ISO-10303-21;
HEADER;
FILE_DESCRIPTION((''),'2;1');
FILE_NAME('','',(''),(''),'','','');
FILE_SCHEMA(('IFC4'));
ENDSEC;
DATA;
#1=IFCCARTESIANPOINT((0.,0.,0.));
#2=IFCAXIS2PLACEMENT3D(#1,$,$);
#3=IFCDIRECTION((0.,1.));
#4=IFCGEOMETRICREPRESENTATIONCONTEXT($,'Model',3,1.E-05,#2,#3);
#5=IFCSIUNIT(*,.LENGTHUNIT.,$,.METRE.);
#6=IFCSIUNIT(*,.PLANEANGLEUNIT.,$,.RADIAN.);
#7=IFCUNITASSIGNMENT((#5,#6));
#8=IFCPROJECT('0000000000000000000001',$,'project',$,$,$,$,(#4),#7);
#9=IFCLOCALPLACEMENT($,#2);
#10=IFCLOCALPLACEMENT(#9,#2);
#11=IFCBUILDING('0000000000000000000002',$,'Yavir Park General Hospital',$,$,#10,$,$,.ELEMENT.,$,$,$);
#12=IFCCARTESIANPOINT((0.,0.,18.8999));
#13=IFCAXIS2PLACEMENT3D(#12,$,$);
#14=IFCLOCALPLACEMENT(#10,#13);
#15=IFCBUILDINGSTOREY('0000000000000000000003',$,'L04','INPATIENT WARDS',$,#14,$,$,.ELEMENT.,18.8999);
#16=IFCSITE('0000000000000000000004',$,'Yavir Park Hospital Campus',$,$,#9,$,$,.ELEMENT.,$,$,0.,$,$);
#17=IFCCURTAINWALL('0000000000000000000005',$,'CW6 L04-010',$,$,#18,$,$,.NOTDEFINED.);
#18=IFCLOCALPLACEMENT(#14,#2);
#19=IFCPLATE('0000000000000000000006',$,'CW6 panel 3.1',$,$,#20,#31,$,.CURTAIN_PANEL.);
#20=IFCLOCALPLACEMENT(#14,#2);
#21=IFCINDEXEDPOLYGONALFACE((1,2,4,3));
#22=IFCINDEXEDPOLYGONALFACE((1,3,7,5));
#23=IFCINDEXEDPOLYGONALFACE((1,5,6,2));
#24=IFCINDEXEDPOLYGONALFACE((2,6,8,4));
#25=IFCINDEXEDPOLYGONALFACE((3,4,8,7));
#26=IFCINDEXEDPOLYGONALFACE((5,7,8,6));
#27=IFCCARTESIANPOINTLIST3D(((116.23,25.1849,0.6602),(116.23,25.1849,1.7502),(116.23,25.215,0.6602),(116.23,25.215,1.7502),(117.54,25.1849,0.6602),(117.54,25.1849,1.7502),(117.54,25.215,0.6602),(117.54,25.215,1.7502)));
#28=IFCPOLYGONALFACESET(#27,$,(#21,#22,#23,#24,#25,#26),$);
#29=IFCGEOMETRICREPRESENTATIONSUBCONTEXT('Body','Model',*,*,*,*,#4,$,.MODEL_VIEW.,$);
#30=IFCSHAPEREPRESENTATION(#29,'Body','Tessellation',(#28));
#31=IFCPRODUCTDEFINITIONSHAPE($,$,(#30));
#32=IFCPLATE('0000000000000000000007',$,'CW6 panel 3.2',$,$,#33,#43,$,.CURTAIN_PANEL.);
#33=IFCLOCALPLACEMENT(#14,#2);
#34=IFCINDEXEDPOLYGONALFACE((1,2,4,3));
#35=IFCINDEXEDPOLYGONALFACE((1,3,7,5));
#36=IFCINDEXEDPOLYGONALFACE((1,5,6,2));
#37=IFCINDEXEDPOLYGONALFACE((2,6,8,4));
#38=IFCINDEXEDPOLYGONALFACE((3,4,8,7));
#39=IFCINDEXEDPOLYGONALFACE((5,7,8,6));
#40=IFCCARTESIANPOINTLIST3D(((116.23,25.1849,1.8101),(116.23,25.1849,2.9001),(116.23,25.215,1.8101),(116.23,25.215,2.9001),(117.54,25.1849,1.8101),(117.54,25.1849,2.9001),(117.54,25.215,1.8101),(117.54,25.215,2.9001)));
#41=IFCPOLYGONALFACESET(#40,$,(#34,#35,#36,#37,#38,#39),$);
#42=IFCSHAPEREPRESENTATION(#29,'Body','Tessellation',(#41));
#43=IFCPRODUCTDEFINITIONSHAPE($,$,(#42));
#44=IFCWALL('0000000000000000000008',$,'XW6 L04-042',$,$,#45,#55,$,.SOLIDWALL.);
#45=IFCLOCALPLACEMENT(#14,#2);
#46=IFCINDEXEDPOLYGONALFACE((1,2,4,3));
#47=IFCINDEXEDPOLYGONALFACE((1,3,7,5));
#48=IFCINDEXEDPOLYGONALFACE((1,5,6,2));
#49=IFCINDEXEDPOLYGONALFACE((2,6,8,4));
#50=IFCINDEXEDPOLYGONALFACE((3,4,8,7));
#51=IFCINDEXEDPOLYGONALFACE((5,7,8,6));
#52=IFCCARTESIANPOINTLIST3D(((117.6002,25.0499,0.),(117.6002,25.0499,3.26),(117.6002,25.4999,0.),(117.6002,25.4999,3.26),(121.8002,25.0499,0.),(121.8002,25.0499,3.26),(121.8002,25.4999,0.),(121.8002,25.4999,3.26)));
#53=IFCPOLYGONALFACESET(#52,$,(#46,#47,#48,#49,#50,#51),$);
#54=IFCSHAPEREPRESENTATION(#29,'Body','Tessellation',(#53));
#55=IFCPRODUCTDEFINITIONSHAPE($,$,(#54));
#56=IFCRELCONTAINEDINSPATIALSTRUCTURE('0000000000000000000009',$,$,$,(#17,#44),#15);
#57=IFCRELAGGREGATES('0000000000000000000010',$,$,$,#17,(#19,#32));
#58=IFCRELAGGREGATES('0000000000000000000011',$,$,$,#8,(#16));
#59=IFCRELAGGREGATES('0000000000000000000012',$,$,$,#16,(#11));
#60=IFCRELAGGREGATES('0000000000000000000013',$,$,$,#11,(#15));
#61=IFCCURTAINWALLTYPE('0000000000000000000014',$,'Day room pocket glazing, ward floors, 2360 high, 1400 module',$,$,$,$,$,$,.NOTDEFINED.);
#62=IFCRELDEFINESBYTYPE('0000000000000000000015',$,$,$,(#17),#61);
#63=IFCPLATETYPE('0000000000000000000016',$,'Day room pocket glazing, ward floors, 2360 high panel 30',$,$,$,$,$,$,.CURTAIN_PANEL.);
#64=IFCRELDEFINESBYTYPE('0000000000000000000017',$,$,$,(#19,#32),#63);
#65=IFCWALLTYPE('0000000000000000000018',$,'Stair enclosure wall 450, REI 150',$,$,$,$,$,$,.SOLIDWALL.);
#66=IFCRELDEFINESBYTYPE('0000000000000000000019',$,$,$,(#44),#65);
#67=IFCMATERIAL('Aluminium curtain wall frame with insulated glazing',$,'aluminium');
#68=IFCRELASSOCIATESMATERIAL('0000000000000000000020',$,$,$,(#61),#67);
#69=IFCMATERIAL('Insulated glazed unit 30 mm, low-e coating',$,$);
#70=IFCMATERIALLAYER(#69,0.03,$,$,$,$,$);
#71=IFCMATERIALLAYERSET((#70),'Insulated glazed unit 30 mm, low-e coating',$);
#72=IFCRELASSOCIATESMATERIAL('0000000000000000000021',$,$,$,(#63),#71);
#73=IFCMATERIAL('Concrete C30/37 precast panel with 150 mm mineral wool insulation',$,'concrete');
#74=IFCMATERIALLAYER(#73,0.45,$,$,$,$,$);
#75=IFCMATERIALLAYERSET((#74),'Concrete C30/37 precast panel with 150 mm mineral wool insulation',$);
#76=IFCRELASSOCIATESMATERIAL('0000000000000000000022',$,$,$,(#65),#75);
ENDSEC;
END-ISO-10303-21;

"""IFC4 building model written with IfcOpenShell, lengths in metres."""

from ifc_helpers import new_model, si_unit, direction, frame, frame_2d, origin, origin_2d, place, context, subcontext, project, spatial, rectangle, extrude, material, layer, layer_set, type_object, element, aggregate, save


model = new_model("IFC4")

# Units and contexts
model_context = context("Model", 3, precision=1e-05, world=origin(), true_north=direction((0.0, 1.0)))
body_context = subcontext(model_context, "Body", "Model", "MODEL_VIEW")
ifc_project = project(units=[si_unit("LENGTHUNIT", "METRE"), si_unit("PLANEANGLEUNIT", "RADIAN")], contexts=[model_context])

# Site, building, storey
site_placement = place(None, origin())
site = spatial("IfcSite", under=ifc_project, at=site_placement, Name="Yavir Park Hospital Campus", CompositionType="ELEMENT", RefElevation=0.0)
building_placement = place(site_placement, origin())
building = spatial("IfcBuilding", under=site, at=building_placement, Name="Yavir Park General Hospital", CompositionType="ELEMENT")
storey_placement = place(building_placement, frame((0.0, 0.0, 18.8999)))
storey = spatial("IfcBuildingStorey", under=building, at=storey_placement, Name="L04", Description="INPATIENT WARDS", CompositionType="ELEMENT", Elevation=18.8999)

# Curtain wall, plates
ifc_material_1 = material(Name="Aluminium curtain wall frame with insulated glazing", Category="aluminium")
curtain_wall_type = type_object("IfcCurtainWallType", Name="Day room pocket glazing, ward floors, 2360 high, 1400 module", PredefinedType="NOTDEFINED", material=ifc_material_1)
curtain_wall_placement = place(storey_placement, origin())
curtain_wall = element("IfcCurtainWall", 1, at=curtain_wall_placement, inside=storey, type_object=curtain_wall_type, Name="CW6 L04-010", PredefinedType="NOTDEFINED")
ifc_material_2 = material(Name="Insulated glazed unit 30 mm, low-e coating")
ifc_layer_1 = layer(ifc_material_2, 0.03)
ifc_layer_set_1 = layer_set([ifc_layer_1], Name="Insulated glazed unit 30 mm, low-e coating")
plate_type = type_object("IfcPlateType", Name="Day room pocket glazing, ward floors, 2360 high panel 30", PredefinedType="CURTAIN_PANEL", material=ifc_layer_set_1)
plate_1_placement = place(storey_placement, frame((116.885, 25.2, 0.6602), z_axis=(0.0, 0.0, 1.0), x_axis=(1.0, 0.0, 0.0)))
plate_1 = element("IfcPlate", 2, at=plate_1_placement, type_object=plate_type, Name="CW6 panel 3.1", PredefinedType="CURTAIN_PANEL", context=body_context, shape_type="SweptSolid", body=[
    extrude(rectangle(XDim=1.3101, YDim=0.03, at=origin_2d()), origin(), (0.0, 0.0, 1.0), 1.0901),
])
plate_2_placement = place(storey_placement, frame((116.885, 25.2, 1.8101), z_axis=(0.0, 0.0, 1.0), x_axis=(1.0, 0.0, 0.0)))
plate_2 = element("IfcPlate", 3, at=plate_2_placement, type_object=plate_type, Name="CW6 panel 3.2", PredefinedType="CURTAIN_PANEL", context=body_context, shape_type="SweptSolid", body=[
    extrude(rectangle(XDim=1.3101, YDim=0.03, at=origin_2d()), origin(), (0.0, 0.0, 1.0), 1.0901),
])
aggregate(curtain_wall, [plate_1, plate_2])

# Wall
ifc_material_3 = material(Name="Concrete C30/37 precast panel with 150 mm mineral wool insulation", Category="concrete")
ifc_layer_2 = layer(ifc_material_3, 0.45)
ifc_layer_set_2 = layer_set([ifc_layer_2], Name="Concrete C30/37 precast panel with 150 mm mineral wool insulation")
wall_type = type_object("IfcWallType", Name="Stair enclosure wall 450, REI 150", PredefinedType="SOLIDWALL", material=ifc_layer_set_2)
wall_placement = place(storey_placement, frame((117.6001, 25.2749, 0.0), z_axis=(0.0, 0.0, 1.0), x_axis=(1.0, 0.0, 0.0)))
element("IfcWall", 4, at=wall_placement, inside=storey, type_object=wall_type, Name="XW6 L04-042", PredefinedType="SOLIDWALL", context=body_context, shape_type="SweptSolid", body=[
    extrude(rectangle(XDim=4.2, YDim=0.45, at=frame_2d((2.1001, 0.0))), origin(), (0.0, 0.0, 1.0), 3.26),
])

save(model, "model.ifc")
